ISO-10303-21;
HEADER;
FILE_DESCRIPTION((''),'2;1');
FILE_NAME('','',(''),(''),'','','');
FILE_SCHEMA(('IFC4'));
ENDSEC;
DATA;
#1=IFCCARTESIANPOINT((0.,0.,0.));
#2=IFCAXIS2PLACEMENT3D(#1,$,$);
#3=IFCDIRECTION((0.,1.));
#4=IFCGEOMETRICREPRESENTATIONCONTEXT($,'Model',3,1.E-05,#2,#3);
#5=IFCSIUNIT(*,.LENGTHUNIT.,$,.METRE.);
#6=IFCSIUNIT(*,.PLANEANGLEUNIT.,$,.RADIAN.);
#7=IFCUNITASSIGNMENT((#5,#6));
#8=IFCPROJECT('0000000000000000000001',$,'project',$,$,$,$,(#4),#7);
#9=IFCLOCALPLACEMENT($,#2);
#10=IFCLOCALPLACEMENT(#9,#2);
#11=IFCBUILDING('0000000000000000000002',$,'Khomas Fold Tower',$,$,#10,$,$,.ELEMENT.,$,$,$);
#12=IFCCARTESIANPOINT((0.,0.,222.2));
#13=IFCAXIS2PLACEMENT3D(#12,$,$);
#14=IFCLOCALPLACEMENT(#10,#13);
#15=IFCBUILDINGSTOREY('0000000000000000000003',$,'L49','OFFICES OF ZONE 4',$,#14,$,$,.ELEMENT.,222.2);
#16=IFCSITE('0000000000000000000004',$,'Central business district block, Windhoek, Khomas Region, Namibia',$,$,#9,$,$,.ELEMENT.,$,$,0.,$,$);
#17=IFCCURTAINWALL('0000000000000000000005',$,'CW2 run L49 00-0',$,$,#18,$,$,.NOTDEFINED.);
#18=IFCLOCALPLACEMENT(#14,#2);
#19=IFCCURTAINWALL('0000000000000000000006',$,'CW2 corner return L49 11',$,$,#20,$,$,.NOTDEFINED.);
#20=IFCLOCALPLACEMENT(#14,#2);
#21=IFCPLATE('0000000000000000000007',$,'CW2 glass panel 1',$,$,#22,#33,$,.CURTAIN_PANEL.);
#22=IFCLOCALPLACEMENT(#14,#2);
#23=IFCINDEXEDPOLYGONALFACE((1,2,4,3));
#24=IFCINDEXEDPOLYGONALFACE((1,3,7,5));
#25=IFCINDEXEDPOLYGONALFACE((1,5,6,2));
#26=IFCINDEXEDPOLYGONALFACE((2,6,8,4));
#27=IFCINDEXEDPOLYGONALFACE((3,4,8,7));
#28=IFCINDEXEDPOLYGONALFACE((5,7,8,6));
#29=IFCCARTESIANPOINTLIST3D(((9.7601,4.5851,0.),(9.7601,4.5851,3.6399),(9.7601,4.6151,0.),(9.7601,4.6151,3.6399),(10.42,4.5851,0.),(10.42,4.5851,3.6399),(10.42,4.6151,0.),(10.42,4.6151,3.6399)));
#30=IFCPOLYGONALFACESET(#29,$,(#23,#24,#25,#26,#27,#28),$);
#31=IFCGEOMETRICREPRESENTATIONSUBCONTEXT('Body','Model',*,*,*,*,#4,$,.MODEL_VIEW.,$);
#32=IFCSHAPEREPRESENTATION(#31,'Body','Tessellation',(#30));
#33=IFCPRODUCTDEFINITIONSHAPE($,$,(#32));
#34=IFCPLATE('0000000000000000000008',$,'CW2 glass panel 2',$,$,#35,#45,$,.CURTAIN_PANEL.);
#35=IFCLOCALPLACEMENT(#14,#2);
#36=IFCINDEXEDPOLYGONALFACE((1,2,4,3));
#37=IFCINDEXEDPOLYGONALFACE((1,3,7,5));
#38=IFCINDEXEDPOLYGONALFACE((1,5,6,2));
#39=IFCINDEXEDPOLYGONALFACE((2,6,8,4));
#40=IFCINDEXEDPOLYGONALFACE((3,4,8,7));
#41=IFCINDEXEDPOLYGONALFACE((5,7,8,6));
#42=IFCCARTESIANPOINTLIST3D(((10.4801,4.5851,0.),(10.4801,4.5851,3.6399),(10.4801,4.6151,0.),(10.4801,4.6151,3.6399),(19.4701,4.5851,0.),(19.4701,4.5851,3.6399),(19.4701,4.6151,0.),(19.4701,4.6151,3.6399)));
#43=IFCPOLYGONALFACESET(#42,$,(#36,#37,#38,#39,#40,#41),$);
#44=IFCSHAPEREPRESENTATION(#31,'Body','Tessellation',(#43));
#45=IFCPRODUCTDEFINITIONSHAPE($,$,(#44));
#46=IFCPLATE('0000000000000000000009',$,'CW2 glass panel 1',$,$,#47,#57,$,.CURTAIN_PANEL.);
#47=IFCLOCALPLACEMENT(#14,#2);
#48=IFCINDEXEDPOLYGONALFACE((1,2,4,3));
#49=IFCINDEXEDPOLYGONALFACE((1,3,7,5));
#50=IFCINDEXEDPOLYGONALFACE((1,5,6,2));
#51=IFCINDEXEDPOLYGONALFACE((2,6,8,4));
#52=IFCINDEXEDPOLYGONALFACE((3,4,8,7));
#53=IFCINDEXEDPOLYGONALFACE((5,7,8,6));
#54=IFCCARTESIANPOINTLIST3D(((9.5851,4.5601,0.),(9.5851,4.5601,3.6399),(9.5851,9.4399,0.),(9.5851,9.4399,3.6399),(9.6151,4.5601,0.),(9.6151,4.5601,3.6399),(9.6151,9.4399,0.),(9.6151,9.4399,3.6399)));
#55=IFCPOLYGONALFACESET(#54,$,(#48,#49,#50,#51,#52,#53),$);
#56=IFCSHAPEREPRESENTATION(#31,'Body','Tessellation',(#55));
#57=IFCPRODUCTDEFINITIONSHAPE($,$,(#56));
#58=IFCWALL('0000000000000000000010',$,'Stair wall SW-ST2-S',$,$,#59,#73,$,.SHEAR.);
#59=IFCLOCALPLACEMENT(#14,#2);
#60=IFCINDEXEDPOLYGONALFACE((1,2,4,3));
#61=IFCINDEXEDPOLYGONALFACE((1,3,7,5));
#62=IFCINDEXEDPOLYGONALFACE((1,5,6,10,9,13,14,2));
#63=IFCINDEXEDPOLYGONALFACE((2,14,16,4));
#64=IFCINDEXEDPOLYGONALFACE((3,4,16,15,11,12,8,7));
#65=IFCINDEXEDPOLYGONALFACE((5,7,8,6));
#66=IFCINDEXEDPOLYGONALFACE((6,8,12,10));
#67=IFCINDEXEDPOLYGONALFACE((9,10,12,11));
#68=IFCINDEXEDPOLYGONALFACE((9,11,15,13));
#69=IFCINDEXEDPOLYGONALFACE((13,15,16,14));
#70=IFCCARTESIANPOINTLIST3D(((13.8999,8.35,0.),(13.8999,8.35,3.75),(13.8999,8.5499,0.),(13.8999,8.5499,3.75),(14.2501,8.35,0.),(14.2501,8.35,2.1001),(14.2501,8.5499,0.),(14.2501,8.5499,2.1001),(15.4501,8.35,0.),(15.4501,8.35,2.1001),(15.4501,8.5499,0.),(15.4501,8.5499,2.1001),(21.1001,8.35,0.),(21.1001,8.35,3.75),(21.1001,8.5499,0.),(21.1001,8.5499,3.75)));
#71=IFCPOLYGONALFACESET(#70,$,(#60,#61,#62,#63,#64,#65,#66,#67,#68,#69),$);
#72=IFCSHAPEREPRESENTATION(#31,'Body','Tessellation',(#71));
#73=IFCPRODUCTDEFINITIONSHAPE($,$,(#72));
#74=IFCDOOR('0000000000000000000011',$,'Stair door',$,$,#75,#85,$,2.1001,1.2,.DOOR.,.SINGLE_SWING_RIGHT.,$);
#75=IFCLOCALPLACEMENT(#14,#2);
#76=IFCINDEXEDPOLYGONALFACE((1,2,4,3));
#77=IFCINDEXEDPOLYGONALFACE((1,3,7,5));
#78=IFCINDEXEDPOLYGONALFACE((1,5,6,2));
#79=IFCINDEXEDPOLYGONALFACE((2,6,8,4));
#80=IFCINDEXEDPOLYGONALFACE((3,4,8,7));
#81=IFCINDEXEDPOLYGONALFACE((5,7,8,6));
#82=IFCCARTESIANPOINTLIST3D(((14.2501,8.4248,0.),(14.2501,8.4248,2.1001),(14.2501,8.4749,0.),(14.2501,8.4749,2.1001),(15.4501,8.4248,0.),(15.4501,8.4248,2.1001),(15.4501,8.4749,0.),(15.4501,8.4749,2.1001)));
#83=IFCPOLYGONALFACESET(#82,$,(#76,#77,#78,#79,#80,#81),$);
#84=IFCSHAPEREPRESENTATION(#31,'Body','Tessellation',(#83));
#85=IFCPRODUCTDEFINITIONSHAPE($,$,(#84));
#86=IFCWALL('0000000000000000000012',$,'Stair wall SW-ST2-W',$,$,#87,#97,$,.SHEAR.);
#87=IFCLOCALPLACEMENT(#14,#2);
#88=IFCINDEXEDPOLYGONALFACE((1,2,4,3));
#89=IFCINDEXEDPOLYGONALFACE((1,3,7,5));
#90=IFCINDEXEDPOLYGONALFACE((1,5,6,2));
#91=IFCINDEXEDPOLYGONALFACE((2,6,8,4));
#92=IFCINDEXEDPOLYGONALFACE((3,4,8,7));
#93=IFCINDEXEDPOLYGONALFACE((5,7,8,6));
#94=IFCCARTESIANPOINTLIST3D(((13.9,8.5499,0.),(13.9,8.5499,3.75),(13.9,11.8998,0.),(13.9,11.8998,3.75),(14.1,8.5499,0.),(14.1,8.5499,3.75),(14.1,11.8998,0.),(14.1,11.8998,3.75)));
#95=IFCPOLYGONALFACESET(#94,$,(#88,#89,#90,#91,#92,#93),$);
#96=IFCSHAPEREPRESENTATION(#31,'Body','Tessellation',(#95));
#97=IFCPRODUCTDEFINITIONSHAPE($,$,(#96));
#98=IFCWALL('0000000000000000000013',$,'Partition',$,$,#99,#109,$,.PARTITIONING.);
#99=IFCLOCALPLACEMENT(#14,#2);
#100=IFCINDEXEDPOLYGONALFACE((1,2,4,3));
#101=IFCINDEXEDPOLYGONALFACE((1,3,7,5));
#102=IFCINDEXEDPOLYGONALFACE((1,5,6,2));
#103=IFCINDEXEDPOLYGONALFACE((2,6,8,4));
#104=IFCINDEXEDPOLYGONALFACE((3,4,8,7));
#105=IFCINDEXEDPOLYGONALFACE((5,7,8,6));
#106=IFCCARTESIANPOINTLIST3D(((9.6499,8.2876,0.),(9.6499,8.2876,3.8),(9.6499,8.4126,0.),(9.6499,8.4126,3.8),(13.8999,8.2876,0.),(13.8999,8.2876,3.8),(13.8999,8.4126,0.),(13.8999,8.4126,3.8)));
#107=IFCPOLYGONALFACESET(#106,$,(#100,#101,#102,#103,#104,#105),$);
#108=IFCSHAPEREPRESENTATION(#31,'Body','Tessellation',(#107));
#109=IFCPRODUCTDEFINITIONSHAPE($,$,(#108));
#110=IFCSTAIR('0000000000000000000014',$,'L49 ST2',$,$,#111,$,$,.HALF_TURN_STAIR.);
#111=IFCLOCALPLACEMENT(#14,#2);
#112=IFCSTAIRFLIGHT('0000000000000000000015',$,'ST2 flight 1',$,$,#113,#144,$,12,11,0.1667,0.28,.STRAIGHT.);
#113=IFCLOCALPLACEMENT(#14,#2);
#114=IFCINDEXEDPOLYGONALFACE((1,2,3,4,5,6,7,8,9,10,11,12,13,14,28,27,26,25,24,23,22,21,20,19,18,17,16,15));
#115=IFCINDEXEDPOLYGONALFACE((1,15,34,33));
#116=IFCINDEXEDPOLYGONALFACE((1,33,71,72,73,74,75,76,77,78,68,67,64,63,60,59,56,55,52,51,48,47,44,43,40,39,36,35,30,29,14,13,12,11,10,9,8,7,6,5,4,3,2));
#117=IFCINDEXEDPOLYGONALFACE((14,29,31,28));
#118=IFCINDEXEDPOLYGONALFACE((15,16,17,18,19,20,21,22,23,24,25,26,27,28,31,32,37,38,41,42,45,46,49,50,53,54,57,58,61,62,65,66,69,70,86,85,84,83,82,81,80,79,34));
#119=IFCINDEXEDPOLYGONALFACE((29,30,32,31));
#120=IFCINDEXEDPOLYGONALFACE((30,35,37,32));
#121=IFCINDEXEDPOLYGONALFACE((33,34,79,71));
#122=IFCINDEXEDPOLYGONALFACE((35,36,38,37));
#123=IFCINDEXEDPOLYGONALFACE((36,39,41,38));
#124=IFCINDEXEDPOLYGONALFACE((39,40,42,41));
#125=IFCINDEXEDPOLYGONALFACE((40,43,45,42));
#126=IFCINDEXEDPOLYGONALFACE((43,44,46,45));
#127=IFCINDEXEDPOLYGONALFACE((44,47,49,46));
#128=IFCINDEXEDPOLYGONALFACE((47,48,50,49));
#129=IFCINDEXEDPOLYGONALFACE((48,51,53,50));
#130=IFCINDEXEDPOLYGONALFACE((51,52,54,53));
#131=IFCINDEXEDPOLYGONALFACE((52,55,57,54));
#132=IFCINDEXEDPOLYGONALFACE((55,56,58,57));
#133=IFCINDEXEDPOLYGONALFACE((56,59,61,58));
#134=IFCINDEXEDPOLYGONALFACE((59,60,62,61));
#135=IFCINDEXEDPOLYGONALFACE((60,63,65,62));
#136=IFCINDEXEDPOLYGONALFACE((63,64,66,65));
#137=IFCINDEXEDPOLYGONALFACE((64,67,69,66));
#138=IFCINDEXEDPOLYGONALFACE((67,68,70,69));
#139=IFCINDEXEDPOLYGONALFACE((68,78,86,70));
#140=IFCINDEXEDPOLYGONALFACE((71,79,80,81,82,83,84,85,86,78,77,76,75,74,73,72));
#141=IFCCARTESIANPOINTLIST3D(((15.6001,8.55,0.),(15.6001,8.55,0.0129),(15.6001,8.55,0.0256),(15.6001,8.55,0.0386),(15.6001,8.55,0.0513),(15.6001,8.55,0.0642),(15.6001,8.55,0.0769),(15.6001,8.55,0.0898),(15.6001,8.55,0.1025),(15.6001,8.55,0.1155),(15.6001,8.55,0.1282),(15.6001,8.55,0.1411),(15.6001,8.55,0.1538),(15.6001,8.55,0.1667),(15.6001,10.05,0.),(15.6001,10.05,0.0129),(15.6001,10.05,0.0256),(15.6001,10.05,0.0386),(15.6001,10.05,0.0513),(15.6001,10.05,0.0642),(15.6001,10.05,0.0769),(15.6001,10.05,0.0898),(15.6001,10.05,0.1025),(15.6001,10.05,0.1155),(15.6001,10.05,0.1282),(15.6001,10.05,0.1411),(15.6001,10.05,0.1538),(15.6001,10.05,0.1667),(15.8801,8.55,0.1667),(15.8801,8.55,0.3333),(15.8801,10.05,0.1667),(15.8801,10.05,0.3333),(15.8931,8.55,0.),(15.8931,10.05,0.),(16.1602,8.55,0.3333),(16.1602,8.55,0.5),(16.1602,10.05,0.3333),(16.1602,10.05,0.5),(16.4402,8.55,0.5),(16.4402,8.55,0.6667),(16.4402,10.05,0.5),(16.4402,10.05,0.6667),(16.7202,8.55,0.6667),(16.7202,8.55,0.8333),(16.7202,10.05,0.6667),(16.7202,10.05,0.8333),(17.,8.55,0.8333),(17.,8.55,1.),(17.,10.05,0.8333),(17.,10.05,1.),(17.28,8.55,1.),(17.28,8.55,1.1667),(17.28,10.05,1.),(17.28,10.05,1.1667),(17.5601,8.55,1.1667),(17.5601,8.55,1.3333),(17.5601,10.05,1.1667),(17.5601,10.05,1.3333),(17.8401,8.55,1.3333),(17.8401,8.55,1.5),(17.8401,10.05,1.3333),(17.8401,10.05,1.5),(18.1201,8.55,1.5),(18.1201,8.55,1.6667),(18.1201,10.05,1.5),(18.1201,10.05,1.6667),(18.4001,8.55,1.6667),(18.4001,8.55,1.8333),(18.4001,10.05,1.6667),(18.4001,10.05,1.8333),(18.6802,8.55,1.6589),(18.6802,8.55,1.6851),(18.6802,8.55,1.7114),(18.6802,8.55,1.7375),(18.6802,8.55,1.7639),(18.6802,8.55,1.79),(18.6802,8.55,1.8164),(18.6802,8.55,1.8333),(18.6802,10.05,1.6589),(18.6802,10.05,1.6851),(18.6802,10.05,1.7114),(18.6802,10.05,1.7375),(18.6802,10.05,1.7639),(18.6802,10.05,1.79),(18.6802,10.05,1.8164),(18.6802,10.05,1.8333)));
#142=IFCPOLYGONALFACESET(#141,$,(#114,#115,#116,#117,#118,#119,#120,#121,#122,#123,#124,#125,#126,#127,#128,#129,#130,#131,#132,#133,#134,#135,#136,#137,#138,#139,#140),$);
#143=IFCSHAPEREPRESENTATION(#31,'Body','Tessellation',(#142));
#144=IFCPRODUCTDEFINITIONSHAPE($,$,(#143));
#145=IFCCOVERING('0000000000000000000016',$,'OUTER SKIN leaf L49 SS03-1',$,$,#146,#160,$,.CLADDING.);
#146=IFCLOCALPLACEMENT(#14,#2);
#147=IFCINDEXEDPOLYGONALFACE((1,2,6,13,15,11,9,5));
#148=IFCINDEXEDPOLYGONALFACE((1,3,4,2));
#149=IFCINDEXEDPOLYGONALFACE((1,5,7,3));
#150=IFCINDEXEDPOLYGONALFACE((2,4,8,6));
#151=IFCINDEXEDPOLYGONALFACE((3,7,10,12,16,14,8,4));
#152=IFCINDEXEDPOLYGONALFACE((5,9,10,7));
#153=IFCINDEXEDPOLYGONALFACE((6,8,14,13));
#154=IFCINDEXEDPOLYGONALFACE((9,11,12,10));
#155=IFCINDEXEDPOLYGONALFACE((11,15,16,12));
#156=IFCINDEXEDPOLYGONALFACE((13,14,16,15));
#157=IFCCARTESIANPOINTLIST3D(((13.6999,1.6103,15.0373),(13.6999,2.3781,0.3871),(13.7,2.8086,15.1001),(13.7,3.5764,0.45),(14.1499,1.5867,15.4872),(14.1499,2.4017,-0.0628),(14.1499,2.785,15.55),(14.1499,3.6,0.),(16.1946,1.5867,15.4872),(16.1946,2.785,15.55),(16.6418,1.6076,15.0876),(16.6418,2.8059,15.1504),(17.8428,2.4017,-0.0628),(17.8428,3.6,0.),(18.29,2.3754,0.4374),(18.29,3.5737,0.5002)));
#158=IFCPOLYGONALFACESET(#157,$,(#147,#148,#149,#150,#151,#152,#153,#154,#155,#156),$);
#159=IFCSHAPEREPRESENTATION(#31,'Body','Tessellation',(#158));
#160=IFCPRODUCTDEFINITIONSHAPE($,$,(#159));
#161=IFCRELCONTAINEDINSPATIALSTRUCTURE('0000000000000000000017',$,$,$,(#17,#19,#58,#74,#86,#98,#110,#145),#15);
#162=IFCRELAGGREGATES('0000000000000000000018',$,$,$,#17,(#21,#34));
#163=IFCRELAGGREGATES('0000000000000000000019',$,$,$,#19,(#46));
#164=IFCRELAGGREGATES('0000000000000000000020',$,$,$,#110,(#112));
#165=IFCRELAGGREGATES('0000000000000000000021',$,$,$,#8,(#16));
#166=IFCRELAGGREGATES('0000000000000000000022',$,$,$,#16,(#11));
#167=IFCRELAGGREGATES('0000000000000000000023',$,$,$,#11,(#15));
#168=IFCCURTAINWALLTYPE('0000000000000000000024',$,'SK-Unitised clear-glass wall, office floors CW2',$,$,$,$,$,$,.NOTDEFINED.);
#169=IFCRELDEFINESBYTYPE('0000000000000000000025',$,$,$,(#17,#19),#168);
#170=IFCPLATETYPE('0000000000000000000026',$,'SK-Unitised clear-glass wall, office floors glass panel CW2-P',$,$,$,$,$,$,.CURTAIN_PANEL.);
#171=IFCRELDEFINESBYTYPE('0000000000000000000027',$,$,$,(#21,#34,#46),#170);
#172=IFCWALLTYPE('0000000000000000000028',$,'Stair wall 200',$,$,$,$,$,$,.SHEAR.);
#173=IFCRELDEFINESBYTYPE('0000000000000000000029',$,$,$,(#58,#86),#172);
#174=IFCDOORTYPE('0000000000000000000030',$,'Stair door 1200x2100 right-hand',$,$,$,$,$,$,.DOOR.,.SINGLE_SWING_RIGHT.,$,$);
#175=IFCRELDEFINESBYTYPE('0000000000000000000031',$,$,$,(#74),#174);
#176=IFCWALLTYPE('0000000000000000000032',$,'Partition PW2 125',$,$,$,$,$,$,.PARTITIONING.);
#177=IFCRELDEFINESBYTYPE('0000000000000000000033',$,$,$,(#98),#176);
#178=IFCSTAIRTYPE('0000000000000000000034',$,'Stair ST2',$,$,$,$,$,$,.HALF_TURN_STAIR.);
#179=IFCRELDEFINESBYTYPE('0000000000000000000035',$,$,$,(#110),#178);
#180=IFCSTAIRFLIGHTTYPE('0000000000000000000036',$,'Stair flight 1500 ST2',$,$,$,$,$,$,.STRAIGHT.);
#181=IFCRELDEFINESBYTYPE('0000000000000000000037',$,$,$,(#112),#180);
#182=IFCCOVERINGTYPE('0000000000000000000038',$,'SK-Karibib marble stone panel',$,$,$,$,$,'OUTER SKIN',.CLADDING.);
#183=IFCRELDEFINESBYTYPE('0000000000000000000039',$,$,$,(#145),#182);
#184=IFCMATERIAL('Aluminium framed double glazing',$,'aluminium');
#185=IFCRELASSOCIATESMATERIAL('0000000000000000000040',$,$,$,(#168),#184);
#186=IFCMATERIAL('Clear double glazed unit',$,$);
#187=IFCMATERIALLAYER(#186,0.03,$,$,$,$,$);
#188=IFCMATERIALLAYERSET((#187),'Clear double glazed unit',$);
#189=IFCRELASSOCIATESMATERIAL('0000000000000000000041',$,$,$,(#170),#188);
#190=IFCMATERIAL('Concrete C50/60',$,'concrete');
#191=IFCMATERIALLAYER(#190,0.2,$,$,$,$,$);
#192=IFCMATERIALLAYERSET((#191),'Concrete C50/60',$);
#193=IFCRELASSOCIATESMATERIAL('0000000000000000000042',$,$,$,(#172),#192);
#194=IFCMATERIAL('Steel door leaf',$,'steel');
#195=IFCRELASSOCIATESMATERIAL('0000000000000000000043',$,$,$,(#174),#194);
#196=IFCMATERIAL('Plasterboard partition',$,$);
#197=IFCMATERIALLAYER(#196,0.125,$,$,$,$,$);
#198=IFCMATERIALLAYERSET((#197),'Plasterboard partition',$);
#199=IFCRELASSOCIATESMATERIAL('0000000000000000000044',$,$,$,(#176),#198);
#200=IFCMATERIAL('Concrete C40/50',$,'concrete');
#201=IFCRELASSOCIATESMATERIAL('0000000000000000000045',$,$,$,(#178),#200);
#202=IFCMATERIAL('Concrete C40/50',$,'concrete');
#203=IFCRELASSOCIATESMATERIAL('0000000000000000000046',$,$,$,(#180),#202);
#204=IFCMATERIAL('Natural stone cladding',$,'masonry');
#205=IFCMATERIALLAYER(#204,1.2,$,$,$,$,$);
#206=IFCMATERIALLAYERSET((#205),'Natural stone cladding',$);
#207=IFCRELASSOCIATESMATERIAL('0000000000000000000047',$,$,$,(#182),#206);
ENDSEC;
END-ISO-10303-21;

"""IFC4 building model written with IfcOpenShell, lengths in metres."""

from ifc_helpers import new_model, si_unit, direction, frame, frame_2d, origin, origin_2d, place, context, subcontext, project, spatial, polyline, rectangle, outline, extrude, source, transform, mapped, material, layer, layer_set, type_object, element, fill, aggregate, save


model = new_model("IFC4")

# Units and contexts
model_context = context("Model", 3, precision=1e-05, world=origin(), true_north=direction((0.0, 1.0)))
body_context = subcontext(model_context, "Body", "Model", "MODEL_VIEW")
ifc_project = project(units=[si_unit("LENGTHUNIT", "METRE"), si_unit("PLANEANGLEUNIT", "RADIAN")], contexts=[model_context])

# Site, building, storey
site_placement = place(None, origin())
site = spatial("IfcSite", under=ifc_project, at=site_placement, Name="Central business district block, Windhoek, Khomas Region, Namibia", CompositionType="ELEMENT", RefElevation=0.0)
building_placement = place(site_placement, origin())
building = spatial("IfcBuilding", under=site, at=building_placement, Name="Khomas Fold Tower", CompositionType="ELEMENT")
storey_placement = place(building_placement, frame((0.0, 0.0, 222.2)))
storey = spatial("IfcBuildingStorey", under=building, at=storey_placement, Name="L49", Description="OFFICES OF ZONE 4", CompositionType="ELEMENT", Elevation=222.2)

# Curtain wall
ifc_material_1 = material(Name="Aluminium framed double glazing", Category="aluminium")
curtain_wall_type = type_object("IfcCurtainWallType", Name="SK-Unitised clear-glass wall, office floors CW2", PredefinedType="NOTDEFINED", material=ifc_material_1)
curtain_wall_1_placement = place(storey_placement, origin())
curtain_wall_1 = element("IfcCurtainWall", 1, at=curtain_wall_1_placement, inside=storey, type_object=curtain_wall_type, Name="CW2 run L49 00-0", PredefinedType="NOTDEFINED")

# Curtain wall
curtain_wall_2_placement = place(storey_placement, origin())
curtain_wall_2 = element("IfcCurtainWall", 2, at=curtain_wall_2_placement, inside=storey, type_object=curtain_wall_type, Name="CW2 corner return L49 11", PredefinedType="NOTDEFINED")

# Plates
ifc_material_2 = material(Name="Clear double glazed unit")
ifc_layer_1 = layer(ifc_material_2, 0.03)
ifc_layer_set_1 = layer_set([ifc_layer_1], Name="Clear double glazed unit")
plate_type_1 = type_object("IfcPlateType", Name="SK-Unitised clear-glass wall, office floors glass panel CW2-P", PredefinedType="CURTAIN_PANEL", material=ifc_layer_set_1)
shared_shape_1 = source(origin(), body_context, "Body", "SweptSolid", [
    extrude(rectangle(XDim=0.6599, YDim=0.03, at=origin_2d()), origin(), (0.0, 0.0, 1.0), 3.6399),
])
plate_1_placement = place(storey_placement, frame((10.0901, 4.6001, 0.0), z_axis=(0.0, 0.0, 1.0), x_axis=(1.0, 0.0, 0.0)))
plate_1 = element("IfcPlate", 3, at=plate_1_placement, type_object=plate_type_1, Name="CW2 glass panel 1", PredefinedType="CURTAIN_PANEL", context=body_context, shape_type="MappedRepresentation", body=[
    mapped(shared_shape_1, transform((0.0, 0.0, 0.0))),
])
shared_shape_2 = source(origin(), body_context, "Body", "SweptSolid", [
    extrude(rectangle(XDim=8.99, YDim=0.03, at=origin_2d()), origin(), (0.0, 0.0, 1.0), 3.6399),
])
plate_2_placement = place(storey_placement, frame((14.9751, 4.6001, 0.0), z_axis=(0.0, 0.0, 1.0), x_axis=(1.0, 0.0, 0.0)))
plate_2 = element("IfcPlate", 4, at=plate_2_placement, type_object=plate_type_1, Name="CW2 glass panel 2", PredefinedType="CURTAIN_PANEL", context=body_context, shape_type="MappedRepresentation", body=[
    mapped(shared_shape_2, transform((0.0, 0.0, 0.0))),
])
aggregate(curtain_wall_1, [plate_1, plate_2])
shared_shape_3 = source(origin(), body_context, "Body", "SweptSolid", [
    extrude(rectangle(XDim=4.8799, YDim=0.03, at=origin_2d()), origin(), (0.0, 0.0, 1.0), 3.6399),
])
plate_3_placement = place(storey_placement, frame((9.6001, 7.0, 0.0), z_axis=(0.0, 0.0, 1.0), x_axis=(0.0, -1.0, 0.0)))
plate_3 = element("IfcPlate", 5, at=plate_3_placement, type_object=plate_type_1, Name="CW2 glass panel 1", PredefinedType="CURTAIN_PANEL", context=body_context, shape_type="MappedRepresentation", body=[
    mapped(shared_shape_3, transform((0.0, 0.0, 0.0))),
])
aggregate(curtain_wall_2, [plate_3])

# Wall, opening, door
ifc_material_3 = material(Name="Concrete C50/60", Category="concrete")
ifc_layer_2 = layer(ifc_material_3, 0.2)
ifc_layer_set_2 = layer_set([ifc_layer_2], Name="Concrete C50/60")
wall_type_1 = type_object("IfcWallType", Name="Stair wall 200", PredefinedType="SHEAR", material=ifc_layer_set_2)
shared_shape_4 = source(origin(), body_context, "Body", "SweptSolid", [
    extrude(rectangle(XDim=7.2002, YDim=0.2, at=frame_2d((3.6001, 0.0))), origin(), (0.0, 0.0, 1.0), 3.75),
])
wall_1_placement = place(storey_placement, frame((13.8999, 8.45, 0.0), z_axis=(0.0, 0.0, 1.0), x_axis=(1.0, 0.0, 0.0)))
wall_1 = element("IfcWall", 6, at=wall_1_placement, inside=storey, type_object=wall_type_1, Name="Stair wall SW-ST2-S", PredefinedType="SHEAR", context=body_context, shape_type="MappedRepresentation", body=[
    mapped(shared_shape_4, transform((0.0, 0.0, 0.0))),
])
shared_shape_5 = source(origin(), body_context, "Body", "SweptSolid", [
    extrude(rectangle(XDim=1.2, YDim=2.1001, at=frame_2d((0.6001, 1.05))), frame((0.0, 0.1099, 0.0), z_axis=(0.0, -1.0, 0.0), x_axis=(1.0, 0.0, 0.0)), (0.0, 0.0, 1.0), 0.22),
])
opening_placement = place(wall_1_placement, frame((0.3501, 0.0, 0.0)))
opening = element("IfcOpeningElement", 7, at=opening_placement, cuts=wall_1, PredefinedType="OPENING", context=body_context, shape_type="MappedRepresentation", body=[
    mapped(shared_shape_5, transform((0.0, 0.0, 0.0))),
])
ifc_material_4 = material(Name="Steel door leaf", Category="steel")
door_type = type_object("IfcDoorType", Name="Stair door 1200x2100 right-hand", OperationType="SINGLE_SWING_RIGHT", PredefinedType="DOOR", material=ifc_material_4)
shared_shape_6 = source(origin(), body_context, "Body", "SweptSolid", [
    extrude(rectangle(XDim=1.2, YDim=2.1001, at=frame_2d((0.6001, 1.05))), frame((0.0, 0.0249, 0.0), z_axis=(0.0, -1.0, 0.0), x_axis=(1.0, 0.0, 0.0)), (0.0, 0.0, 1.0), 0.05),
])
door_placement = place(opening_placement, origin())
door = element("IfcDoor", 8, at=door_placement, inside=storey, type_object=door_type, Name="Stair door", OperationType="SINGLE_SWING_RIGHT", OverallHeight=2.1001, OverallWidth=1.2, PredefinedType="DOOR", context=body_context, shape_type="MappedRepresentation", body=[
    mapped(shared_shape_6, transform((0.0, 0.0, 0.0))),
])
fill(opening, door)

# Walls
shared_shape_7 = source(origin(), body_context, "Body", "SweptSolid", [
    extrude(rectangle(XDim=3.3499, YDim=0.2, at=frame_2d((1.6748, 0.0))), origin(), (0.0, 0.0, 1.0), 3.75),
])
wall_2_placement = place(storey_placement, frame((14.0, 8.55, 0.0), z_axis=(0.0, 0.0, 1.0), x_axis=(0.0, 1.0, 0.0)))
element("IfcWall", 9, at=wall_2_placement, inside=storey, type_object=wall_type_1, Name="Stair wall SW-ST2-W", PredefinedType="SHEAR", context=body_context, shape_type="MappedRepresentation", body=[
    mapped(shared_shape_7, transform((0.0, 0.0, 0.0))),
])
ifc_material_5 = material(Name="Plasterboard partition")
ifc_layer_3 = layer(ifc_material_5, 0.125)
ifc_layer_set_3 = layer_set([ifc_layer_3], Name="Plasterboard partition")
wall_type_2 = type_object("IfcWallType", Name="Partition PW2 125", PredefinedType="PARTITIONING", material=ifc_layer_set_3)
shared_shape_8 = source(origin(), body_context, "Body", "SweptSolid", [
    extrude(rectangle(XDim=4.25, YDim=0.125, at=frame_2d((2.125, 0.0))), origin(), (0.0, 0.0, 1.0), 3.8),
])
wall_3_placement = place(storey_placement, frame((9.6499, 8.3501, 0.0), z_axis=(0.0, 0.0, 1.0), x_axis=(1.0, 0.0, 0.0)))
element("IfcWall", 10, at=wall_3_placement, inside=storey, type_object=wall_type_2, Name="Partition", PredefinedType="PARTITIONING", context=body_context, shape_type="MappedRepresentation", body=[
    mapped(shared_shape_8, transform((0.0, 0.0, 0.0))),
])

# Stair, stair flight
ifc_material_6 = material(Name="Concrete C40/50", Category="concrete")
stair_type = type_object("IfcStairType", Name="Stair ST2", PredefinedType="HALF_TURN_STAIR", material=ifc_material_6)
stair_placement = place(storey_placement, origin())
stair = element("IfcStair", 11, at=stair_placement, inside=storey, type_object=stair_type, Name="L49 ST2", PredefinedType="HALF_TURN_STAIR")
ifc_material_7 = material(Name="Concrete C40/50", Category="concrete")
stair_flight_type = type_object("IfcStairFlightType", Name="Stair flight 1500 ST2", PredefinedType="STRAIGHT", material=ifc_material_7)
shared_shape_9 = source(origin(), body_context, "Body", "SweptSolid", [
    extrude(outline(polyline([(0.0, 0.0), (0.0, 0.0129), (0.0, 0.0256), (0.0, 0.0386), (0.0, 0.0513), (0.0, 0.0642), (0.0, 0.0769), (0.0, 0.0898), (0.0, 0.1025), (0.0, 0.1155), (0.0, 0.1282), (0.0, 0.1411), (0.0, 0.1538), (0.0, 0.1667), (0.28, 0.1667), (0.28, 0.3333), (0.5601, 0.3333), (0.5601, 0.5), (0.8401, 0.5), (0.8401, 0.6667), (1.1201, 0.6667), (1.1201, 0.8333), (1.3999, 0.8333), (1.3999, 1.0), (1.6799, 1.0), (1.6799, 1.1667), (1.96, 1.1667), (1.96, 1.3333), (2.24, 1.3333), (2.24, 1.5), (2.52, 1.5), (2.52, 1.6667), (2.8, 1.6667), (2.8, 1.8333), (3.0801, 1.8333), (3.0801, 2.0), (3.0801, 1.9739), (3.0801, 1.9475), (3.0801, 1.9214), (3.0801, 1.895), (3.0801, 1.8689), (3.0801, 1.8425), (3.0801, 1.8164), (3.0801, 1.79), (3.0801, 1.7639), (3.0801, 1.7375), (3.0801, 1.7114), (3.0801, 1.6851), (3.0801, 1.6589), (0.293, 0.0), (0.0, 0.0)])), frame((0.0, 0.75, 0.0), z_axis=(0.0, -1.0, 0.0), x_axis=(1.0, 0.0, 0.0)), (0.0, 0.0, 1.0), 1.5),
])
stair_flight_placement = place(storey_placement, frame((15.6001, 9.3, 0.0), z_axis=(0.0, 0.0, 1.0), x_axis=(1.0, 0.0, 0.0)))
stair_flight = element("IfcStairFlight", 12, at=stair_flight_placement, type_object=stair_flight_type, Name="ST2 flight 1", NumberOfRisers=12, NumberOfTreads=11, PredefinedType="STRAIGHT", RiserHeight=0.1667, TreadLength=0.28, context=body_context, shape_type="MappedRepresentation", body=[
    mapped(shared_shape_9, transform((0.0, 0.0, 0.0))),
])
aggregate(stair, [stair_flight])

# Covering
ifc_material_8 = material(Name="Natural stone cladding", Category="masonry")
ifc_layer_4 = layer(ifc_material_8, 1.2)
ifc_layer_set_4 = layer_set([ifc_layer_4], Name="Natural stone cladding")
covering_type = type_object("IfcCoveringType", Name="SK-Karibib marble stone panel", ElementType="OUTER SKIN", PredefinedType="CLADDING", material=ifc_layer_set_4)
covering_placement = place(storey_placement, frame((16.6418, 2.8059, 15.1504), z_axis=(0.000013, 0.998629, 0.052341), x_axis=(0.111647, 0.052012, -0.992386)))
element("IfcCovering", 13, at=covering_placement, inside=storey, type_object=covering_type, Name="OUTER SKIN leaf L49 SS03-1", PredefinedType="CLADDING", context=body_context, shape_type="SweptSolid", body=[
    extrude(outline(polyline([(0.0, 0.0), (14.7626, 0.0), (15.2104, 0.5004), (14.7981, 4.1702), (14.3001, 4.567), (-0.2784, 2.9291), (-0.6759, 2.4317), (-0.4476, 0.3998), (0.0, 0.0)])), origin(), (0.0, 0.0, -1.0), 1.2),
])

save(model, "model.ifc")
